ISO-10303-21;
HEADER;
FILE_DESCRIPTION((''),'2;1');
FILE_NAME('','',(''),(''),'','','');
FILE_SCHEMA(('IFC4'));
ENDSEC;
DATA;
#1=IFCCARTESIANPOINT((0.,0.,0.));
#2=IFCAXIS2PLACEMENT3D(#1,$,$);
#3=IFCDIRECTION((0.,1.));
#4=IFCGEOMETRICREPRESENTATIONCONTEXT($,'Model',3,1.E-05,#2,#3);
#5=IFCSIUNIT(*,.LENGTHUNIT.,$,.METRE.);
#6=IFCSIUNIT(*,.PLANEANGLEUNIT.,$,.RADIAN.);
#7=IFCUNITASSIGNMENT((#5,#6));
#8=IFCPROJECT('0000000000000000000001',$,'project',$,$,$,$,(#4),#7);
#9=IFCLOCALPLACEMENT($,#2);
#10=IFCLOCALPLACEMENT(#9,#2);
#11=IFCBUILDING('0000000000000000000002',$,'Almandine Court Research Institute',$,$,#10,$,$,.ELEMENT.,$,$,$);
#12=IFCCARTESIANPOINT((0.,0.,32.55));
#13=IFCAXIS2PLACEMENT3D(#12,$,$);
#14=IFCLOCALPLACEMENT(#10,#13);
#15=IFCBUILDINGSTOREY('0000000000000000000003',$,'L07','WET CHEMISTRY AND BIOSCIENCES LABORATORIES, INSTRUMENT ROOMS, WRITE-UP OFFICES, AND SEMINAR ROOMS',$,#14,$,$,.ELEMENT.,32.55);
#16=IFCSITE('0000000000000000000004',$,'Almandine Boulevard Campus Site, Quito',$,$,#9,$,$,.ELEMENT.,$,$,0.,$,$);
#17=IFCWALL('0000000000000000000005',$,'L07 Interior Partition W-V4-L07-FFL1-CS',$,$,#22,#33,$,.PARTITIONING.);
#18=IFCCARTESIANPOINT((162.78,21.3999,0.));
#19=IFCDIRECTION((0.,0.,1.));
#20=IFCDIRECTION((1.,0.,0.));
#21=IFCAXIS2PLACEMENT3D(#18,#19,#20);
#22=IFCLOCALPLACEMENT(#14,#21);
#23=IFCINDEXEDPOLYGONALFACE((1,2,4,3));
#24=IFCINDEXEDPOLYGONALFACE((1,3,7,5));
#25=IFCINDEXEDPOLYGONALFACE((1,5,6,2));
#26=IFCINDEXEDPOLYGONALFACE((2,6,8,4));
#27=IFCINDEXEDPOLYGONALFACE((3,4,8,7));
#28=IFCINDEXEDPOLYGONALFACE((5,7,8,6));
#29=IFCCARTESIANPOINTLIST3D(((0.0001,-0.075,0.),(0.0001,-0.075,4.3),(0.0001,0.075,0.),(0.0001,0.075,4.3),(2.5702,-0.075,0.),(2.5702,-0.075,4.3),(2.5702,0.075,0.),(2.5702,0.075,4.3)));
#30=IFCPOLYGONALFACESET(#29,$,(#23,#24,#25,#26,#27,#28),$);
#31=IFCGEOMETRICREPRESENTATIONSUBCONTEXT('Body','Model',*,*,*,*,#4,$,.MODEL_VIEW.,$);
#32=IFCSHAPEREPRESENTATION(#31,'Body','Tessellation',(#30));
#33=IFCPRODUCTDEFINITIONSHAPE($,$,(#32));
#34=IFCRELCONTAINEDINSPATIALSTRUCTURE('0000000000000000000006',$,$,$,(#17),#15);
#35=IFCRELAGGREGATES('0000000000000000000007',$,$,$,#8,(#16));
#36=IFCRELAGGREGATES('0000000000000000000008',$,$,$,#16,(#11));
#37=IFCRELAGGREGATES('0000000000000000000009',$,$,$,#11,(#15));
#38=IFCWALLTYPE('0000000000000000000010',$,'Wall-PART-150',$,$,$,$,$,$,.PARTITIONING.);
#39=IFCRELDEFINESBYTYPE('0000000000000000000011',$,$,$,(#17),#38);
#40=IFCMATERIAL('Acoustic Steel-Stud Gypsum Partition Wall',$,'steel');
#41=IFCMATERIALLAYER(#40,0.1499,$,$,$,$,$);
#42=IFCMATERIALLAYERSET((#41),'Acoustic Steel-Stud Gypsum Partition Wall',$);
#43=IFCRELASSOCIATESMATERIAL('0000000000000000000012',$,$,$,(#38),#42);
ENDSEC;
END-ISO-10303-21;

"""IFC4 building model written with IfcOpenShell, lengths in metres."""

from ifc_helpers import new_model, si_unit, direction, frame, frame_2d, origin, place, context, subcontext, project, spatial, rectangle, extrude, material, layer, layer_set, type_object, element, save


model = new_model("IFC4")

# Units and contexts
model_context = context("Model", 3, precision=1e-05, world=origin(), true_north=direction((0.0, 1.0)))
body_context = subcontext(model_context, "Body", "Model", "MODEL_VIEW")
ifc_project = project(units=[si_unit("LENGTHUNIT", "METRE"), si_unit("PLANEANGLEUNIT", "RADIAN")], contexts=[model_context])

# Site, building, storey
site_placement = place(None, origin())
site = spatial("IfcSite", under=ifc_project, at=site_placement, Name="Almandine Boulevard Campus Site, Quito", CompositionType="ELEMENT", RefElevation=0.0)
building_placement = place(site_placement, origin())
building = spatial("IfcBuilding", under=site, at=building_placement, Name="Almandine Court Research Institute", CompositionType="ELEMENT")
storey_placement = place(building_placement, frame((0.0, 0.0, 32.55)))
storey = spatial("IfcBuildingStorey", under=building, at=storey_placement, Name="L07", Description="WET CHEMISTRY AND BIOSCIENCES LABORATORIES, INSTRUMENT ROOMS, WRITE-UP OFFICES, AND SEMINAR ROOMS", CompositionType="ELEMENT", Elevation=32.55)

# Shared definitions
ifc_material_1 = material(Name="Acoustic Steel-Stud Gypsum Partition Wall", Category="steel")
ifc_layer_1 = layer(ifc_material_1, 0.1499)
ifc_layer_set_1 = layer_set([ifc_layer_1], Name="Acoustic Steel-Stud Gypsum Partition Wall")
wall_type_1 = type_object("IfcWallType", Name="Wall-PART-150", PredefinedType="PARTITIONING", material=ifc_layer_set_1)

# Wall
wall_1_placement = place(storey_placement, frame((162.78, 21.3999, 0.0), z_axis=(0.0, 0.0, 1.0), x_axis=(1.0, 0.0, 0.0)))
element("IfcWall", 1, at=wall_1_placement, inside=storey, type_object=wall_type_1, Name="L07 Interior Partition W-V4-L07-FFL1-CS", PredefinedType="PARTITIONING", context=body_context, shape_type="SweptSolid", body=[
    extrude(rectangle(XDim=2.5701, YDim=0.1499, at=frame_2d((1.2852, 0.0))), origin(), (0.0, 0.0, 1.0), 4.3),
])

save(model, "model.ifc")
